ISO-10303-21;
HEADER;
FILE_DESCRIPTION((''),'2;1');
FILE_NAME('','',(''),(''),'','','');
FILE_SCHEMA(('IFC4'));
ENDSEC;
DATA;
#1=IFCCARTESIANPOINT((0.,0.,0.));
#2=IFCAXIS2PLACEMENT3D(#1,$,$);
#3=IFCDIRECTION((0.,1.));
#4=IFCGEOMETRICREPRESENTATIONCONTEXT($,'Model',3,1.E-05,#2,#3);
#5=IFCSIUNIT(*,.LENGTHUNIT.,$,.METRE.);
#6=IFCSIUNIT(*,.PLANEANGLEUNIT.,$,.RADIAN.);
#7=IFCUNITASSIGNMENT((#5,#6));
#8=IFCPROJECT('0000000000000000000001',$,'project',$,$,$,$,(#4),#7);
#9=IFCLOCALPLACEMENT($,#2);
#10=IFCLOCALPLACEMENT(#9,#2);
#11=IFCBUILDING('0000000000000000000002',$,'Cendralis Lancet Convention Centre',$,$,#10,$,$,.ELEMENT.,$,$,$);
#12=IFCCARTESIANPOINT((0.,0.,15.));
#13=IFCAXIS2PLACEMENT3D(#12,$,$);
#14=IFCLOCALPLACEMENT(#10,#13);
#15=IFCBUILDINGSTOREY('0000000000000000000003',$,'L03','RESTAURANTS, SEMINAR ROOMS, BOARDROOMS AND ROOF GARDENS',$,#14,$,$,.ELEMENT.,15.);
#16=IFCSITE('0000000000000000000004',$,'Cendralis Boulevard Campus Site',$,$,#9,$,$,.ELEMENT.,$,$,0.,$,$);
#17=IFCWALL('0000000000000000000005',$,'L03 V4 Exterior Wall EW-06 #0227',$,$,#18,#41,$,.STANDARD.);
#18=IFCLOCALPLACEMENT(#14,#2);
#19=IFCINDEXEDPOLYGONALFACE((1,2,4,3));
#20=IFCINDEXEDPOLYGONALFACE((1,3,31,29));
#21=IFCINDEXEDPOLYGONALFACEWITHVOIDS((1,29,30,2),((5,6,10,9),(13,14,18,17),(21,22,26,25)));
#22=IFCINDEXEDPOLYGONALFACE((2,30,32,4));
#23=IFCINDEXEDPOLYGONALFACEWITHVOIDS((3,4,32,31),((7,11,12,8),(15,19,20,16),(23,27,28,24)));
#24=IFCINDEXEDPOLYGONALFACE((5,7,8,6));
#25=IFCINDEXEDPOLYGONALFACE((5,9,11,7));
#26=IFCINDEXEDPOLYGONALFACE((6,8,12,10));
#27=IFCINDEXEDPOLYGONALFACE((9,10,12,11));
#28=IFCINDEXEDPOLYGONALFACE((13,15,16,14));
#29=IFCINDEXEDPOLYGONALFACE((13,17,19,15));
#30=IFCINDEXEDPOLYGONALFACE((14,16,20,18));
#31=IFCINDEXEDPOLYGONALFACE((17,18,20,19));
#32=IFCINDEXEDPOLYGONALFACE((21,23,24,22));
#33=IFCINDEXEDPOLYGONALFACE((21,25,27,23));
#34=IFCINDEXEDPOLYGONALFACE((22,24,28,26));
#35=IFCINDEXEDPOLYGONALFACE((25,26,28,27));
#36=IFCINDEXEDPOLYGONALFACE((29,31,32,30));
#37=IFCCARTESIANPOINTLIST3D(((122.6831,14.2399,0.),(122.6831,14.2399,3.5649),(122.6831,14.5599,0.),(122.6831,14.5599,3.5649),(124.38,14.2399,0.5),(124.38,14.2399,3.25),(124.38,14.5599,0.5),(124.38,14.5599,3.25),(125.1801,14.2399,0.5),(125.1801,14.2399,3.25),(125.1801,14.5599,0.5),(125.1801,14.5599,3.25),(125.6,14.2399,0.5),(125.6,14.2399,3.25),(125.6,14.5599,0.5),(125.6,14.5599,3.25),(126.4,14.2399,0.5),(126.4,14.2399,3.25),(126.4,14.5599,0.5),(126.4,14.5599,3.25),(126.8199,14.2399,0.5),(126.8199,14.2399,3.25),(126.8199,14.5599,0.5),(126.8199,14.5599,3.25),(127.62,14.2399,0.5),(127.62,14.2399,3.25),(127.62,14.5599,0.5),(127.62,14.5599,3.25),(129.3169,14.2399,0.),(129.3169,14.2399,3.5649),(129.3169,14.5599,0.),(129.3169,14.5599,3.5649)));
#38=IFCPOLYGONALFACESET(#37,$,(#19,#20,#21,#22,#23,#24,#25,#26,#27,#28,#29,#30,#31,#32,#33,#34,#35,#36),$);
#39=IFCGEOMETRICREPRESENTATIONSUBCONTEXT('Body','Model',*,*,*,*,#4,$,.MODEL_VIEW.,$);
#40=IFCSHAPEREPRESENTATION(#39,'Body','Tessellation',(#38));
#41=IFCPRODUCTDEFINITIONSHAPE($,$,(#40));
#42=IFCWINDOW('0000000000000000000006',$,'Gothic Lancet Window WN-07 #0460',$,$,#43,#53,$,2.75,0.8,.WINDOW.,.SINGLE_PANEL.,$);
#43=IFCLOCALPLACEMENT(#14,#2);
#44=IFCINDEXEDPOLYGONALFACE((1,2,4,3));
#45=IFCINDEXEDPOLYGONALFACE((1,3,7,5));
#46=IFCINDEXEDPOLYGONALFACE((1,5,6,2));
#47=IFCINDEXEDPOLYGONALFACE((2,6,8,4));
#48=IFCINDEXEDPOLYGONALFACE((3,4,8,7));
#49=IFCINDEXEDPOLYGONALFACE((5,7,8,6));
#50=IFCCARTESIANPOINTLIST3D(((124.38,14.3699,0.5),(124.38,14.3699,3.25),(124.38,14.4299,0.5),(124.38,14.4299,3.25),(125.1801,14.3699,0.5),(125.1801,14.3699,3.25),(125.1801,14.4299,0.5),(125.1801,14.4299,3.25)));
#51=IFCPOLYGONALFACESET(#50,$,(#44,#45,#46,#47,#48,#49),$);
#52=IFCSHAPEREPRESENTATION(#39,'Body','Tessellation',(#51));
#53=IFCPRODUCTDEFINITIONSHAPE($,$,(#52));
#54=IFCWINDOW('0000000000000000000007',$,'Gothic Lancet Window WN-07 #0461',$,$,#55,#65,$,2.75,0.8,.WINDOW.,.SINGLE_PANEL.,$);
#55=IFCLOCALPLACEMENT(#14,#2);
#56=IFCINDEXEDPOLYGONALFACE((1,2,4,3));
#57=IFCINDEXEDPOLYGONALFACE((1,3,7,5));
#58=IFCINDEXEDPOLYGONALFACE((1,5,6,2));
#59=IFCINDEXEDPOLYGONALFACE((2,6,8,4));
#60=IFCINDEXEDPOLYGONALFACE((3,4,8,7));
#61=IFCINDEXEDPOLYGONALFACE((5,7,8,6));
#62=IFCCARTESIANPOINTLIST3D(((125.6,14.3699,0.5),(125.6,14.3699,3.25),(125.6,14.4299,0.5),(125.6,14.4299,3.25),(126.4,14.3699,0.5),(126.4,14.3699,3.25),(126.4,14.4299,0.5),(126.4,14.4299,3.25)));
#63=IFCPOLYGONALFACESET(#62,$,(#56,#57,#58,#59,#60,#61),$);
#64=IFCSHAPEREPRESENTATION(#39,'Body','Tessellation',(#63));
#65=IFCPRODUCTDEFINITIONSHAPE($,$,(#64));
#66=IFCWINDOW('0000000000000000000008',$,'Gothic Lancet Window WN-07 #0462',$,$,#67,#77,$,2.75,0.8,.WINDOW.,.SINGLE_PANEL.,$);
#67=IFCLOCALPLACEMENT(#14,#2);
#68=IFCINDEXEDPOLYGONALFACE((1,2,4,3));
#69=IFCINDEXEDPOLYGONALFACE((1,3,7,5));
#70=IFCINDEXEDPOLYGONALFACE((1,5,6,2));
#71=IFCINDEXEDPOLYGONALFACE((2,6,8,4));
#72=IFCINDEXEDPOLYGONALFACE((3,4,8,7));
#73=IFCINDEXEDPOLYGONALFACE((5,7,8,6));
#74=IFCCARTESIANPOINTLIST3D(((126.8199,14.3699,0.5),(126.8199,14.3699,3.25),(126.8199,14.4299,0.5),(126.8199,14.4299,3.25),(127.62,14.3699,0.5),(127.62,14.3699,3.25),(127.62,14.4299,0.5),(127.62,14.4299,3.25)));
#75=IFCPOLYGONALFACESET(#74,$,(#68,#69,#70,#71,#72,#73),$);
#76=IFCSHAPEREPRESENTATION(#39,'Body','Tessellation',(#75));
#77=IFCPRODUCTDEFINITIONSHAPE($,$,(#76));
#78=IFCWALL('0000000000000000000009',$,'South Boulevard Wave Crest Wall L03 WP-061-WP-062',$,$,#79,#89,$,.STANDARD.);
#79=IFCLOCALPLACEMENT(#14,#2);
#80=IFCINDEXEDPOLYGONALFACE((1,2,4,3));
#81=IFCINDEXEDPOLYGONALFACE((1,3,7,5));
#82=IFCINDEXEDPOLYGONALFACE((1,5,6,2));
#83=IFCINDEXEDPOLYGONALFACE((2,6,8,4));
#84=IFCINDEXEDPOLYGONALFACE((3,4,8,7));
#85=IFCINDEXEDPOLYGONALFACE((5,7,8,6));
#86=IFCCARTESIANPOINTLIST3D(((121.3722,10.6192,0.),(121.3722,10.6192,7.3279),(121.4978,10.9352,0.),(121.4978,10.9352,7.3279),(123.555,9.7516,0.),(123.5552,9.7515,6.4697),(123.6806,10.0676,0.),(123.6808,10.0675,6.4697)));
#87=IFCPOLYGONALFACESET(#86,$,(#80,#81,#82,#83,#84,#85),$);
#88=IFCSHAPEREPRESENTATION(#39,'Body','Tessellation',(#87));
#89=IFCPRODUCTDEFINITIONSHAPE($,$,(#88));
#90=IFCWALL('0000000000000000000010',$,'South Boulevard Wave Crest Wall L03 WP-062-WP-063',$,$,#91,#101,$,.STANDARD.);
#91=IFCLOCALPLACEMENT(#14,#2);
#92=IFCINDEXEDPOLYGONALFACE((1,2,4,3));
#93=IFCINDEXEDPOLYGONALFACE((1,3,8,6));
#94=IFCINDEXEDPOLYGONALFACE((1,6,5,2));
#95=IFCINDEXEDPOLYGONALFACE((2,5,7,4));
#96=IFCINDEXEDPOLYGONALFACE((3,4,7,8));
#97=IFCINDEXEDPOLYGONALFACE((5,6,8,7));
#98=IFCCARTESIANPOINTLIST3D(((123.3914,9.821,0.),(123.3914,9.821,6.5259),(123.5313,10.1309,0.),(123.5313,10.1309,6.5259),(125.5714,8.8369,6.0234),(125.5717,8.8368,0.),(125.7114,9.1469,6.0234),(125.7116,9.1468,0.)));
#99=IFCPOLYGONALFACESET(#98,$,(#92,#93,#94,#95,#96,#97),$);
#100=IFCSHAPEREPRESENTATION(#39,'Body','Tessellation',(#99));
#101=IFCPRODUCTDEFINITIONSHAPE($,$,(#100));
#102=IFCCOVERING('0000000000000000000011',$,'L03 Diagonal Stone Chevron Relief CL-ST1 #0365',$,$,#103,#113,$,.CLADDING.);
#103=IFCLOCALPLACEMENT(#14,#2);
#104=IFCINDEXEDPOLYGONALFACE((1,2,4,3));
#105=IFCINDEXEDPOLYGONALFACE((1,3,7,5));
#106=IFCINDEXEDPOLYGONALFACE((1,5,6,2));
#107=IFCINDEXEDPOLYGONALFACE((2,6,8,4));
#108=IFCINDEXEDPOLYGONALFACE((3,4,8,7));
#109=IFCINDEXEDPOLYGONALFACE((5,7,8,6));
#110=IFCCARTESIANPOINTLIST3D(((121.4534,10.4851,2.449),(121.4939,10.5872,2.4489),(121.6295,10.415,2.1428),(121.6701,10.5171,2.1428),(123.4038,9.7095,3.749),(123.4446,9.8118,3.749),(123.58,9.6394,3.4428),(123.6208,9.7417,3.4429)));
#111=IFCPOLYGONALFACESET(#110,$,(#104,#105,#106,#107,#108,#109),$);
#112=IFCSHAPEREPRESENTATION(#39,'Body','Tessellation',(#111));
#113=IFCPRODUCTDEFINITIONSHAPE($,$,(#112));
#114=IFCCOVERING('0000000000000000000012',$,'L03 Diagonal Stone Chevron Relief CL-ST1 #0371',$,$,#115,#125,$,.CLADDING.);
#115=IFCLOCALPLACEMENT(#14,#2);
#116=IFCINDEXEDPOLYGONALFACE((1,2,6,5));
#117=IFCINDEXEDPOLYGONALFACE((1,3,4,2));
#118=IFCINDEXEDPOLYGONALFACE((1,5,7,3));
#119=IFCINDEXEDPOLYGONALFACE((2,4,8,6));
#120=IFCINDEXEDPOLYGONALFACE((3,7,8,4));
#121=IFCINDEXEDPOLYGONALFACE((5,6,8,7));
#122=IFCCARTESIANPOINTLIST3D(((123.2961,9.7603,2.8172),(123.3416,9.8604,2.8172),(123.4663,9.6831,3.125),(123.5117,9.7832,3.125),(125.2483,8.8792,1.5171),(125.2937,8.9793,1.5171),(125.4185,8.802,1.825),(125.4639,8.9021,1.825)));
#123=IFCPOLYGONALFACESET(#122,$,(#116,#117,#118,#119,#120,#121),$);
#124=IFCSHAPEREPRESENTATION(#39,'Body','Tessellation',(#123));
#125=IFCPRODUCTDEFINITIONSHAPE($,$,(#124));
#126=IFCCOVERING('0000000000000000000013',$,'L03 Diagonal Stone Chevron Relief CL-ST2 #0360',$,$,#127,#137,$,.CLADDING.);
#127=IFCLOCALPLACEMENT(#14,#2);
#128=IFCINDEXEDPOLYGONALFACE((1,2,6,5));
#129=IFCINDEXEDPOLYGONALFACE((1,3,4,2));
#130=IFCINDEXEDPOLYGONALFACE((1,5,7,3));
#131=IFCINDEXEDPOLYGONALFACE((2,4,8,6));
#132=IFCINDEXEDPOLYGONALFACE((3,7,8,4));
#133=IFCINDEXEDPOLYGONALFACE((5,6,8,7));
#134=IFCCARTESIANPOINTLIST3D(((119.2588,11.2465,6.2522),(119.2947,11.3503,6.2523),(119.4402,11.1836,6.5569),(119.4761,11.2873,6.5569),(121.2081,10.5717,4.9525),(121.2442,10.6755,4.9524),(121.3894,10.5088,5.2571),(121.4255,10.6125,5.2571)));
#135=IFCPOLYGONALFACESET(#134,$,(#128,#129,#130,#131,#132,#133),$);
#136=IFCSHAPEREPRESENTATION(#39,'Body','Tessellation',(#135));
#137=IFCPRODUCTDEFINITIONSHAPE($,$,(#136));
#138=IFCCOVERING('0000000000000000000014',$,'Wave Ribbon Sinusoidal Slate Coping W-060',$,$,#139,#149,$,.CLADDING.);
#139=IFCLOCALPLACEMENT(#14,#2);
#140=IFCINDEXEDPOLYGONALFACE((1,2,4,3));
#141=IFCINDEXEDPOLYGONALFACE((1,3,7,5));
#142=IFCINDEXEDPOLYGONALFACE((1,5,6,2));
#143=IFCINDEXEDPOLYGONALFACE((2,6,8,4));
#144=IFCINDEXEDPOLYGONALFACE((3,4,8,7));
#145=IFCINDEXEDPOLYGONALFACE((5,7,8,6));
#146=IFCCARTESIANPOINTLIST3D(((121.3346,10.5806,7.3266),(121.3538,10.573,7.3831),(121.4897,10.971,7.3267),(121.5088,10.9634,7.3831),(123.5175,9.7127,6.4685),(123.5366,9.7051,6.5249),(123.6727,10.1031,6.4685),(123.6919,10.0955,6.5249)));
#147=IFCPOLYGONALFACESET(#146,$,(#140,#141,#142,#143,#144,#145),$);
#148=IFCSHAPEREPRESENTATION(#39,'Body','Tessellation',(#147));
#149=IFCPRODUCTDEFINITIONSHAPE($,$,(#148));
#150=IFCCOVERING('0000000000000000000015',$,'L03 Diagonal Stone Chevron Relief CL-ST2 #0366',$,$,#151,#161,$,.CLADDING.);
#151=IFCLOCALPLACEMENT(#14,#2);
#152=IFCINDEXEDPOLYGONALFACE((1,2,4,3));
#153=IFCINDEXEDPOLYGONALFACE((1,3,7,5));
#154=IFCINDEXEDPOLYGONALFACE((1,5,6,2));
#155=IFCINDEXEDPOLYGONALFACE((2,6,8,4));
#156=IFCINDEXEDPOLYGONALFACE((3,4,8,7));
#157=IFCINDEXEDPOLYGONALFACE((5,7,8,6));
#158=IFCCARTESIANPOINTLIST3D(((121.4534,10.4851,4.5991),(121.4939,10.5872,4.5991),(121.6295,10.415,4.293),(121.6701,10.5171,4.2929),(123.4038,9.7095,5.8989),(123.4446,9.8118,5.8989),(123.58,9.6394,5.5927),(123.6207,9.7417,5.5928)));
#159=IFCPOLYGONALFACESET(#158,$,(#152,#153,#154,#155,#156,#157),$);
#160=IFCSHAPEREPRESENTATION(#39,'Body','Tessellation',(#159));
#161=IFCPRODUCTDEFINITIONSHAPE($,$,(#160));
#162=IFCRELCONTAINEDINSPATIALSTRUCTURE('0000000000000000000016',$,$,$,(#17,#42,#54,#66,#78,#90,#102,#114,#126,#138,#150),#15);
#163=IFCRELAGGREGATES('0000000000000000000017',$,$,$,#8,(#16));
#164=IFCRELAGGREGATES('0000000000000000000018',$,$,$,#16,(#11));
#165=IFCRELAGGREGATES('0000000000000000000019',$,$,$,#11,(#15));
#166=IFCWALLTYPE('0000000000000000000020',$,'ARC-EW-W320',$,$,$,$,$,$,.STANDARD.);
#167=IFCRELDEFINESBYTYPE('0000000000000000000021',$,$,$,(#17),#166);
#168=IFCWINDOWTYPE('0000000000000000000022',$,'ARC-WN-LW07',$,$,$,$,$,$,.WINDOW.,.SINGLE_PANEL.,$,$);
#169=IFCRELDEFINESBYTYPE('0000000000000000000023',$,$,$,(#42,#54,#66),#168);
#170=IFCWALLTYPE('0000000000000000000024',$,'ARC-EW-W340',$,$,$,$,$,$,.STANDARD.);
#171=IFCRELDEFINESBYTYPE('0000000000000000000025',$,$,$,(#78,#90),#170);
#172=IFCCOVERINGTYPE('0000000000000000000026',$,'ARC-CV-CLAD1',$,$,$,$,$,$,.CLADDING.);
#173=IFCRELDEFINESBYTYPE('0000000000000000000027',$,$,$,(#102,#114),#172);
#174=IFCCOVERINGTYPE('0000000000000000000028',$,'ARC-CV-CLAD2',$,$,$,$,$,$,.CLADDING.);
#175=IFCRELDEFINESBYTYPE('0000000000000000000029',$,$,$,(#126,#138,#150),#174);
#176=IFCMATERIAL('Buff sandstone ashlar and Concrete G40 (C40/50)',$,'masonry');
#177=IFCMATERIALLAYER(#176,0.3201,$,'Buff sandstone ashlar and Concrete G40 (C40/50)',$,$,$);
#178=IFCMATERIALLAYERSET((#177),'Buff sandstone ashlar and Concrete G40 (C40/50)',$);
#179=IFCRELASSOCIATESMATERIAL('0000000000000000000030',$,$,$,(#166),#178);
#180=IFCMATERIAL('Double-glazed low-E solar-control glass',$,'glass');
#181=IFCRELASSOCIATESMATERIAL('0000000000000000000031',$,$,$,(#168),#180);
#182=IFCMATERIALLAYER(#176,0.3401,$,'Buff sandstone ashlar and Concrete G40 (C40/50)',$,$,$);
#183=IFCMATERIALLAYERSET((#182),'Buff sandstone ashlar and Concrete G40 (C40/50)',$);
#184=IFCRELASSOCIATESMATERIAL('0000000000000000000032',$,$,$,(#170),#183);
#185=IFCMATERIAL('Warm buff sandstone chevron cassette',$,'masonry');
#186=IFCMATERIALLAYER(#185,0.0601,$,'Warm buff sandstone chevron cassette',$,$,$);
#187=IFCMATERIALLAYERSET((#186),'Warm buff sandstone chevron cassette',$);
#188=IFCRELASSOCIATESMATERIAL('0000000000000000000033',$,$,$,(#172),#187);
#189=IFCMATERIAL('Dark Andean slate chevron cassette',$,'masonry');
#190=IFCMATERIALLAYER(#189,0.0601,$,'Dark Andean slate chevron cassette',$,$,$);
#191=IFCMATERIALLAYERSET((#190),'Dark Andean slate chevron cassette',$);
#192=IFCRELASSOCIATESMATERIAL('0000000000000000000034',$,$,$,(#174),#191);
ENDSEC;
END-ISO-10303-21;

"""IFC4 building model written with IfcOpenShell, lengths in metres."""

from ifc_helpers import new_model, si_unit, direction, frame, frame_2d, origin, place, context, subcontext, project, spatial, polyline, rectangle, outline, extrude, material, layer, layer_set, type_object, element, fill, save


model = new_model("IFC4")

# Units and contexts
model_context = context("Model", 3, precision=1e-05, world=origin(), true_north=direction((0.0, 1.0)))
body_context = subcontext(model_context, "Body", "Model", "MODEL_VIEW")
ifc_project = project(units=[si_unit("LENGTHUNIT", "METRE"), si_unit("PLANEANGLEUNIT", "RADIAN")], contexts=[model_context])

# Site, building, storey
site_placement = place(None, origin())
site = spatial("IfcSite", under=ifc_project, at=site_placement, Name="Cendralis Boulevard Campus Site", CompositionType="ELEMENT", RefElevation=0.0)
building_placement = place(site_placement, origin())
building = spatial("IfcBuilding", under=site, at=building_placement, Name="Cendralis Lancet Convention Centre", CompositionType="ELEMENT")
storey_placement = place(building_placement, frame((0.0, 0.0, 15.0)))
storey = spatial("IfcBuildingStorey", under=building, at=storey_placement, Name="L03", Description="RESTAURANTS, SEMINAR ROOMS, BOARDROOMS AND ROOF GARDENS", CompositionType="ELEMENT", Elevation=15.0)

# Shared definitions
ifc_material_1 = material(Name="Warm buff sandstone chevron cassette", Category="masonry")

# Wall, openings, windows
ifc_material_2 = material(Name="Buff sandstone ashlar and Concrete G40 (C40/50)", Category="masonry")
ifc_layer_1 = layer(ifc_material_2, 0.3201, Name="Buff sandstone ashlar and Concrete G40 (C40/50)")
ifc_layer_set_1 = layer_set([ifc_layer_1], Name="Buff sandstone ashlar and Concrete G40 (C40/50)")
wall_type_1 = type_object("IfcWallType", Name="ARC-EW-W320", PredefinedType="STANDARD", material=ifc_layer_set_1)
wall_1_placement = place(storey_placement, frame((122.6831, 14.3999, 0.0), z_axis=(0.0, 0.0, 1.0), x_axis=(1.0, 0.0, 0.0)))
wall_1 = element("IfcWall", 1, at=wall_1_placement, inside=storey, type_object=wall_type_1, Name="L03 V4 Exterior Wall EW-06 #0227", PredefinedType="STANDARD", context=body_context, shape_type="SweptSolid", body=[
    extrude(rectangle(XDim=6.6338, YDim=0.3201, at=frame_2d((3.3169, 0.0))), origin(), (0.0, 0.0, 1.0), 3.5649),
])
opening_1_placement = place(wall_1_placement, frame((1.697, 0.0, 0.5)))
opening_1 = element("IfcOpeningElement", 2, at=opening_1_placement, cuts=wall_1, PredefinedType="OPENING", context=body_context, shape_type="SweptSolid", body=[
    extrude(rectangle(XDim=0.8, YDim=2.75, at=frame_2d((0.3999, 1.375))), frame((0.0, 0.1699, 0.0), z_axis=(0.0, -1.0, 0.0), x_axis=(1.0, 0.0, 0.0)), (0.0, 0.0, 1.0), 0.3401),
])
opening_2_placement = place(wall_1_placement, frame((2.917, 0.0, 0.5)))
opening_2 = element("IfcOpeningElement", 3, at=opening_2_placement, cuts=wall_1, PredefinedType="OPENING", context=body_context, shape_type="SweptSolid", body=[
    extrude(rectangle(XDim=0.8, YDim=2.75, at=frame_2d((0.3999, 1.375))), frame((0.0, 0.1699, 0.0), z_axis=(0.0, -1.0, 0.0), x_axis=(1.0, 0.0, 0.0)), (0.0, 0.0, 1.0), 0.3401),
])
opening_3_placement = place(wall_1_placement, frame((4.137, 0.0, 0.5)))
opening_3 = element("IfcOpeningElement", 4, at=opening_3_placement, cuts=wall_1, PredefinedType="OPENING", context=body_context, shape_type="SweptSolid", body=[
    extrude(rectangle(XDim=0.8, YDim=2.75, at=frame_2d((0.3999, 1.375))), frame((0.0, 0.1699, 0.0), z_axis=(0.0, -1.0, 0.0), x_axis=(1.0, 0.0, 0.0)), (0.0, 0.0, 1.0), 0.3401),
])
ifc_material_3 = material(Name="Double-glazed low-E solar-control glass", Category="glass")
window_type = type_object("IfcWindowType", Name="ARC-WN-LW07", PartitioningType="SINGLE_PANEL", PredefinedType="WINDOW", material=ifc_material_3)
window_1_placement = place(opening_1_placement, origin())
window_1 = element("IfcWindow", 5, at=window_1_placement, inside=storey, type_object=window_type, Name="Gothic Lancet Window WN-07 #0460", OverallHeight=2.75, OverallWidth=0.8, PartitioningType="SINGLE_PANEL", PredefinedType="WINDOW", context=body_context, shape_type="SweptSolid", body=[
    extrude(rectangle(XDim=0.8, YDim=2.75, at=frame_2d((0.3999, 1.375))), frame((0.0, 0.03, 0.0), z_axis=(0.0, -1.0, 0.0), x_axis=(1.0, 0.0, 0.0)), (0.0, 0.0, 1.0), 0.0601),
])
fill(opening_1, window_1)
window_2_placement = place(opening_2_placement, origin())
window_2 = element("IfcWindow", 6, at=window_2_placement, inside=storey, type_object=window_type, Name="Gothic Lancet Window WN-07 #0461", OverallHeight=2.75, OverallWidth=0.8, PartitioningType="SINGLE_PANEL", PredefinedType="WINDOW", context=body_context, shape_type="SweptSolid", body=[
    extrude(rectangle(XDim=0.8, YDim=2.75, at=frame_2d((0.3999, 1.375))), frame((0.0, 0.03, 0.0), z_axis=(0.0, -1.0, 0.0), x_axis=(1.0, 0.0, 0.0)), (0.0, 0.0, 1.0), 0.0601),
])
fill(opening_2, window_2)
window_3_placement = place(opening_3_placement, origin())
window_3 = element("IfcWindow", 7, at=window_3_placement, inside=storey, type_object=window_type, Name="Gothic Lancet Window WN-07 #0462", OverallHeight=2.75, OverallWidth=0.8, PartitioningType="SINGLE_PANEL", PredefinedType="WINDOW", context=body_context, shape_type="SweptSolid", body=[
    extrude(rectangle(XDim=0.8, YDim=2.75, at=frame_2d((0.3999, 1.375))), frame((0.0, 0.03, 0.0), z_axis=(0.0, -1.0, 0.0), x_axis=(1.0, 0.0, 0.0)), (0.0, 0.0, 1.0), 0.0601),
])
fill(opening_3, window_3)

# Walls
ifc_layer_2 = layer(ifc_material_2, 0.3401, Name="Buff sandstone ashlar and Concrete G40 (C40/50)")
ifc_layer_set_2 = layer_set([ifc_layer_2], Name="Buff sandstone ashlar and Concrete G40 (C40/50)")
wall_type_2 = type_object("IfcWallType", Name="ARC-EW-W340", PredefinedType="STANDARD", material=ifc_layer_set_2)
wall_2_placement = place(storey_placement, frame((121.4351, 10.7773, 0.0), z_axis=(0.0, 0.0, 1.0), x_axis=(0.929277, -0.369383, 0.0)))
element("IfcWall", 8, at=wall_2_placement, inside=storey, type_object=wall_type_2, Name="South Boulevard Wave Crest Wall L03 WP-061-WP-062", PredefinedType="STANDARD", context=body_context, shape_type="SweptSolid", body=[
    extrude(outline(polyline([(0.0, 0.0), (2.3489, 0.0), (2.3491, 6.4697), (0.0, 7.3279), (0.0, 0.0)])), frame((0.0, 0.1699, 0.0), z_axis=(0.0, -1.0, 0.0), x_axis=(1.0, 0.0, 0.0)), (0.0, 0.0, 1.0), 0.3401),
])
wall_3_placement = place(storey_placement, frame((123.4614, 9.9761, 0.0), z_axis=(0.0, 0.0, 1.0), x_axis=(0.911443, -0.411425, 0.0)))
element("IfcWall", 9, at=wall_3_placement, inside=storey, type_object=wall_type_2, Name="South Boulevard Wave Crest Wall L03 WP-062-WP-063", PredefinedType="STANDARD", context=body_context, shape_type="SweptSolid", body=[
    extrude(outline(polyline([(0.0, 0.0), (2.3921, 0.0), (2.3918, 6.0234), (0.0, 6.5259), (0.0, 0.0)])), frame((0.0, 0.1699, 0.0), z_axis=(0.0, -1.0, 0.0), x_axis=(1.0, 0.0, 0.0)), (0.0, 0.0, 1.0), 0.3401),
])

# Coverings
ifc_layer_3 = layer(ifc_material_1, 0.0601, Name="Warm buff sandstone chevron cassette")
ifc_layer_set_3 = layer_set([ifc_layer_3], Name="Warm buff sandstone chevron cassette")
covering_type_1 = type_object("IfcCoveringType", Name="ARC-CV-CLAD1", PredefinedType="CLADDING", material=ifc_layer_set_3)
covering_1_placement = place(storey_placement, frame((121.4534, 10.4851, 2.449), z_axis=(-0.489239, 0.194644, 0.850152), x_axis=(0.789979, -0.314152, 0.526537)))
element("IfcCovering", 10, at=covering_1_placement, inside=storey, type_object=covering_type_1, Name="L03 Diagonal Stone Chevron Relief CL-ST1 #0365", PredefinedType="CLADDING", context=body_context, shape_type="SweptSolid", body=[
    extrude(outline(polyline([(0.0, 0.0), (2.469, 0.0), (2.4691, 0.1101), (0.0, 0.1098), (0.0, 0.0)])), origin(), (0.0, 0.0, -1.0), 0.3601),
])
covering_2_placement = place(storey_placement, frame((123.4663, 9.6831, 3.125), z_axis=(0.472534, -0.214369, 0.854843), x_axis=(0.779156, -0.351673, -0.518885)))
element("IfcCovering", 11, at=covering_2_placement, inside=storey, type_object=covering_type_1, Name="L03 Diagonal Stone Chevron Relief CL-ST1 #0371", PredefinedType="CLADDING", context=body_context, shape_type="SweptSolid", body=[
    extrude(outline(polyline([(0.0, 0.0), (2.5055, 0.0), (2.5056, 0.1099), (0.0002, 0.1099), (0.0, 0.0)])), origin(), (0.0, 0.0, -1.0), 0.3601),
])
ifc_material_4 = material(Name="Dark Andean slate chevron cassette", Category="masonry")
ifc_layer_4 = layer(ifc_material_4, 0.0601, Name="Dark Andean slate chevron cassette")
ifc_layer_set_4 = layer_set([ifc_layer_4], Name="Dark Andean slate chevron cassette")
covering_type_2 = type_object("IfcCoveringType", Name="ARC-CV-CLAD2", PredefinedType="CLADDING", material=ifc_layer_set_4)
covering_3_placement = place(storey_placement, frame((119.4402, 11.1836, 6.5569), z_axis=(0.503633, -0.17479, 0.846051), x_axis=(0.799497, -0.27678, -0.533102)))
element("IfcCovering", 12, at=covering_3_placement, inside=storey, type_object=covering_type_2, Name="L03 Diagonal Stone Chevron Relief CL-ST2 #0360", PredefinedType="CLADDING", context=body_context, shape_type="SweptSolid", body=[
    extrude(outline(polyline([(0.0, 0.0), (2.4381, 0.0), (2.4383, 0.1099), (0.0, 0.1098), (0.0, 0.0)])), origin(), (0.0, 0.0, -1.0), 0.3601),
])
covering_4_placement = place(storey_placement, frame((121.3538, 10.573, 7.3831), z_axis=(0.318861, -0.126727, 0.939291), x_axis=(0.872829, -0.347042, -0.343121)))
element("IfcCovering", 13, at=covering_4_placement, inside=storey, type_object=covering_type_2, Name="Wave Ribbon Sinusoidal Slate Coping W-060", PredefinedType="CLADDING", context=body_context, shape_type="SweptSolid", body=[
    extrude(outline(polyline([(0.0, 0.0), (2.5009, 0.0), (2.501, 0.4201), (-0.0002, 0.42), (0.0, 0.0)])), origin(), (0.0, 0.0, -1.0), 0.0601),
])
covering_5_placement = place(storey_placement, frame((121.4534, 10.4851, 4.5991), z_axis=(-0.489173, 0.194617, 0.850197), x_axis=(0.79002, -0.314169, 0.526465)))
element("IfcCovering", 14, at=covering_5_placement, inside=storey, type_object=covering_type_2, Name="L03 Diagonal Stone Chevron Relief CL-ST2 #0366", PredefinedType="CLADDING", context=body_context, shape_type="SweptSolid", body=[
    extrude(outline(polyline([(0.0, 0.0), (2.4689, 0.0), (2.4689, 0.1101), (0.0, 0.1098), (0.0, 0.0)])), origin(), (0.0, 0.0, -1.0), 0.3601),
])

save(model, "model.ifc")
